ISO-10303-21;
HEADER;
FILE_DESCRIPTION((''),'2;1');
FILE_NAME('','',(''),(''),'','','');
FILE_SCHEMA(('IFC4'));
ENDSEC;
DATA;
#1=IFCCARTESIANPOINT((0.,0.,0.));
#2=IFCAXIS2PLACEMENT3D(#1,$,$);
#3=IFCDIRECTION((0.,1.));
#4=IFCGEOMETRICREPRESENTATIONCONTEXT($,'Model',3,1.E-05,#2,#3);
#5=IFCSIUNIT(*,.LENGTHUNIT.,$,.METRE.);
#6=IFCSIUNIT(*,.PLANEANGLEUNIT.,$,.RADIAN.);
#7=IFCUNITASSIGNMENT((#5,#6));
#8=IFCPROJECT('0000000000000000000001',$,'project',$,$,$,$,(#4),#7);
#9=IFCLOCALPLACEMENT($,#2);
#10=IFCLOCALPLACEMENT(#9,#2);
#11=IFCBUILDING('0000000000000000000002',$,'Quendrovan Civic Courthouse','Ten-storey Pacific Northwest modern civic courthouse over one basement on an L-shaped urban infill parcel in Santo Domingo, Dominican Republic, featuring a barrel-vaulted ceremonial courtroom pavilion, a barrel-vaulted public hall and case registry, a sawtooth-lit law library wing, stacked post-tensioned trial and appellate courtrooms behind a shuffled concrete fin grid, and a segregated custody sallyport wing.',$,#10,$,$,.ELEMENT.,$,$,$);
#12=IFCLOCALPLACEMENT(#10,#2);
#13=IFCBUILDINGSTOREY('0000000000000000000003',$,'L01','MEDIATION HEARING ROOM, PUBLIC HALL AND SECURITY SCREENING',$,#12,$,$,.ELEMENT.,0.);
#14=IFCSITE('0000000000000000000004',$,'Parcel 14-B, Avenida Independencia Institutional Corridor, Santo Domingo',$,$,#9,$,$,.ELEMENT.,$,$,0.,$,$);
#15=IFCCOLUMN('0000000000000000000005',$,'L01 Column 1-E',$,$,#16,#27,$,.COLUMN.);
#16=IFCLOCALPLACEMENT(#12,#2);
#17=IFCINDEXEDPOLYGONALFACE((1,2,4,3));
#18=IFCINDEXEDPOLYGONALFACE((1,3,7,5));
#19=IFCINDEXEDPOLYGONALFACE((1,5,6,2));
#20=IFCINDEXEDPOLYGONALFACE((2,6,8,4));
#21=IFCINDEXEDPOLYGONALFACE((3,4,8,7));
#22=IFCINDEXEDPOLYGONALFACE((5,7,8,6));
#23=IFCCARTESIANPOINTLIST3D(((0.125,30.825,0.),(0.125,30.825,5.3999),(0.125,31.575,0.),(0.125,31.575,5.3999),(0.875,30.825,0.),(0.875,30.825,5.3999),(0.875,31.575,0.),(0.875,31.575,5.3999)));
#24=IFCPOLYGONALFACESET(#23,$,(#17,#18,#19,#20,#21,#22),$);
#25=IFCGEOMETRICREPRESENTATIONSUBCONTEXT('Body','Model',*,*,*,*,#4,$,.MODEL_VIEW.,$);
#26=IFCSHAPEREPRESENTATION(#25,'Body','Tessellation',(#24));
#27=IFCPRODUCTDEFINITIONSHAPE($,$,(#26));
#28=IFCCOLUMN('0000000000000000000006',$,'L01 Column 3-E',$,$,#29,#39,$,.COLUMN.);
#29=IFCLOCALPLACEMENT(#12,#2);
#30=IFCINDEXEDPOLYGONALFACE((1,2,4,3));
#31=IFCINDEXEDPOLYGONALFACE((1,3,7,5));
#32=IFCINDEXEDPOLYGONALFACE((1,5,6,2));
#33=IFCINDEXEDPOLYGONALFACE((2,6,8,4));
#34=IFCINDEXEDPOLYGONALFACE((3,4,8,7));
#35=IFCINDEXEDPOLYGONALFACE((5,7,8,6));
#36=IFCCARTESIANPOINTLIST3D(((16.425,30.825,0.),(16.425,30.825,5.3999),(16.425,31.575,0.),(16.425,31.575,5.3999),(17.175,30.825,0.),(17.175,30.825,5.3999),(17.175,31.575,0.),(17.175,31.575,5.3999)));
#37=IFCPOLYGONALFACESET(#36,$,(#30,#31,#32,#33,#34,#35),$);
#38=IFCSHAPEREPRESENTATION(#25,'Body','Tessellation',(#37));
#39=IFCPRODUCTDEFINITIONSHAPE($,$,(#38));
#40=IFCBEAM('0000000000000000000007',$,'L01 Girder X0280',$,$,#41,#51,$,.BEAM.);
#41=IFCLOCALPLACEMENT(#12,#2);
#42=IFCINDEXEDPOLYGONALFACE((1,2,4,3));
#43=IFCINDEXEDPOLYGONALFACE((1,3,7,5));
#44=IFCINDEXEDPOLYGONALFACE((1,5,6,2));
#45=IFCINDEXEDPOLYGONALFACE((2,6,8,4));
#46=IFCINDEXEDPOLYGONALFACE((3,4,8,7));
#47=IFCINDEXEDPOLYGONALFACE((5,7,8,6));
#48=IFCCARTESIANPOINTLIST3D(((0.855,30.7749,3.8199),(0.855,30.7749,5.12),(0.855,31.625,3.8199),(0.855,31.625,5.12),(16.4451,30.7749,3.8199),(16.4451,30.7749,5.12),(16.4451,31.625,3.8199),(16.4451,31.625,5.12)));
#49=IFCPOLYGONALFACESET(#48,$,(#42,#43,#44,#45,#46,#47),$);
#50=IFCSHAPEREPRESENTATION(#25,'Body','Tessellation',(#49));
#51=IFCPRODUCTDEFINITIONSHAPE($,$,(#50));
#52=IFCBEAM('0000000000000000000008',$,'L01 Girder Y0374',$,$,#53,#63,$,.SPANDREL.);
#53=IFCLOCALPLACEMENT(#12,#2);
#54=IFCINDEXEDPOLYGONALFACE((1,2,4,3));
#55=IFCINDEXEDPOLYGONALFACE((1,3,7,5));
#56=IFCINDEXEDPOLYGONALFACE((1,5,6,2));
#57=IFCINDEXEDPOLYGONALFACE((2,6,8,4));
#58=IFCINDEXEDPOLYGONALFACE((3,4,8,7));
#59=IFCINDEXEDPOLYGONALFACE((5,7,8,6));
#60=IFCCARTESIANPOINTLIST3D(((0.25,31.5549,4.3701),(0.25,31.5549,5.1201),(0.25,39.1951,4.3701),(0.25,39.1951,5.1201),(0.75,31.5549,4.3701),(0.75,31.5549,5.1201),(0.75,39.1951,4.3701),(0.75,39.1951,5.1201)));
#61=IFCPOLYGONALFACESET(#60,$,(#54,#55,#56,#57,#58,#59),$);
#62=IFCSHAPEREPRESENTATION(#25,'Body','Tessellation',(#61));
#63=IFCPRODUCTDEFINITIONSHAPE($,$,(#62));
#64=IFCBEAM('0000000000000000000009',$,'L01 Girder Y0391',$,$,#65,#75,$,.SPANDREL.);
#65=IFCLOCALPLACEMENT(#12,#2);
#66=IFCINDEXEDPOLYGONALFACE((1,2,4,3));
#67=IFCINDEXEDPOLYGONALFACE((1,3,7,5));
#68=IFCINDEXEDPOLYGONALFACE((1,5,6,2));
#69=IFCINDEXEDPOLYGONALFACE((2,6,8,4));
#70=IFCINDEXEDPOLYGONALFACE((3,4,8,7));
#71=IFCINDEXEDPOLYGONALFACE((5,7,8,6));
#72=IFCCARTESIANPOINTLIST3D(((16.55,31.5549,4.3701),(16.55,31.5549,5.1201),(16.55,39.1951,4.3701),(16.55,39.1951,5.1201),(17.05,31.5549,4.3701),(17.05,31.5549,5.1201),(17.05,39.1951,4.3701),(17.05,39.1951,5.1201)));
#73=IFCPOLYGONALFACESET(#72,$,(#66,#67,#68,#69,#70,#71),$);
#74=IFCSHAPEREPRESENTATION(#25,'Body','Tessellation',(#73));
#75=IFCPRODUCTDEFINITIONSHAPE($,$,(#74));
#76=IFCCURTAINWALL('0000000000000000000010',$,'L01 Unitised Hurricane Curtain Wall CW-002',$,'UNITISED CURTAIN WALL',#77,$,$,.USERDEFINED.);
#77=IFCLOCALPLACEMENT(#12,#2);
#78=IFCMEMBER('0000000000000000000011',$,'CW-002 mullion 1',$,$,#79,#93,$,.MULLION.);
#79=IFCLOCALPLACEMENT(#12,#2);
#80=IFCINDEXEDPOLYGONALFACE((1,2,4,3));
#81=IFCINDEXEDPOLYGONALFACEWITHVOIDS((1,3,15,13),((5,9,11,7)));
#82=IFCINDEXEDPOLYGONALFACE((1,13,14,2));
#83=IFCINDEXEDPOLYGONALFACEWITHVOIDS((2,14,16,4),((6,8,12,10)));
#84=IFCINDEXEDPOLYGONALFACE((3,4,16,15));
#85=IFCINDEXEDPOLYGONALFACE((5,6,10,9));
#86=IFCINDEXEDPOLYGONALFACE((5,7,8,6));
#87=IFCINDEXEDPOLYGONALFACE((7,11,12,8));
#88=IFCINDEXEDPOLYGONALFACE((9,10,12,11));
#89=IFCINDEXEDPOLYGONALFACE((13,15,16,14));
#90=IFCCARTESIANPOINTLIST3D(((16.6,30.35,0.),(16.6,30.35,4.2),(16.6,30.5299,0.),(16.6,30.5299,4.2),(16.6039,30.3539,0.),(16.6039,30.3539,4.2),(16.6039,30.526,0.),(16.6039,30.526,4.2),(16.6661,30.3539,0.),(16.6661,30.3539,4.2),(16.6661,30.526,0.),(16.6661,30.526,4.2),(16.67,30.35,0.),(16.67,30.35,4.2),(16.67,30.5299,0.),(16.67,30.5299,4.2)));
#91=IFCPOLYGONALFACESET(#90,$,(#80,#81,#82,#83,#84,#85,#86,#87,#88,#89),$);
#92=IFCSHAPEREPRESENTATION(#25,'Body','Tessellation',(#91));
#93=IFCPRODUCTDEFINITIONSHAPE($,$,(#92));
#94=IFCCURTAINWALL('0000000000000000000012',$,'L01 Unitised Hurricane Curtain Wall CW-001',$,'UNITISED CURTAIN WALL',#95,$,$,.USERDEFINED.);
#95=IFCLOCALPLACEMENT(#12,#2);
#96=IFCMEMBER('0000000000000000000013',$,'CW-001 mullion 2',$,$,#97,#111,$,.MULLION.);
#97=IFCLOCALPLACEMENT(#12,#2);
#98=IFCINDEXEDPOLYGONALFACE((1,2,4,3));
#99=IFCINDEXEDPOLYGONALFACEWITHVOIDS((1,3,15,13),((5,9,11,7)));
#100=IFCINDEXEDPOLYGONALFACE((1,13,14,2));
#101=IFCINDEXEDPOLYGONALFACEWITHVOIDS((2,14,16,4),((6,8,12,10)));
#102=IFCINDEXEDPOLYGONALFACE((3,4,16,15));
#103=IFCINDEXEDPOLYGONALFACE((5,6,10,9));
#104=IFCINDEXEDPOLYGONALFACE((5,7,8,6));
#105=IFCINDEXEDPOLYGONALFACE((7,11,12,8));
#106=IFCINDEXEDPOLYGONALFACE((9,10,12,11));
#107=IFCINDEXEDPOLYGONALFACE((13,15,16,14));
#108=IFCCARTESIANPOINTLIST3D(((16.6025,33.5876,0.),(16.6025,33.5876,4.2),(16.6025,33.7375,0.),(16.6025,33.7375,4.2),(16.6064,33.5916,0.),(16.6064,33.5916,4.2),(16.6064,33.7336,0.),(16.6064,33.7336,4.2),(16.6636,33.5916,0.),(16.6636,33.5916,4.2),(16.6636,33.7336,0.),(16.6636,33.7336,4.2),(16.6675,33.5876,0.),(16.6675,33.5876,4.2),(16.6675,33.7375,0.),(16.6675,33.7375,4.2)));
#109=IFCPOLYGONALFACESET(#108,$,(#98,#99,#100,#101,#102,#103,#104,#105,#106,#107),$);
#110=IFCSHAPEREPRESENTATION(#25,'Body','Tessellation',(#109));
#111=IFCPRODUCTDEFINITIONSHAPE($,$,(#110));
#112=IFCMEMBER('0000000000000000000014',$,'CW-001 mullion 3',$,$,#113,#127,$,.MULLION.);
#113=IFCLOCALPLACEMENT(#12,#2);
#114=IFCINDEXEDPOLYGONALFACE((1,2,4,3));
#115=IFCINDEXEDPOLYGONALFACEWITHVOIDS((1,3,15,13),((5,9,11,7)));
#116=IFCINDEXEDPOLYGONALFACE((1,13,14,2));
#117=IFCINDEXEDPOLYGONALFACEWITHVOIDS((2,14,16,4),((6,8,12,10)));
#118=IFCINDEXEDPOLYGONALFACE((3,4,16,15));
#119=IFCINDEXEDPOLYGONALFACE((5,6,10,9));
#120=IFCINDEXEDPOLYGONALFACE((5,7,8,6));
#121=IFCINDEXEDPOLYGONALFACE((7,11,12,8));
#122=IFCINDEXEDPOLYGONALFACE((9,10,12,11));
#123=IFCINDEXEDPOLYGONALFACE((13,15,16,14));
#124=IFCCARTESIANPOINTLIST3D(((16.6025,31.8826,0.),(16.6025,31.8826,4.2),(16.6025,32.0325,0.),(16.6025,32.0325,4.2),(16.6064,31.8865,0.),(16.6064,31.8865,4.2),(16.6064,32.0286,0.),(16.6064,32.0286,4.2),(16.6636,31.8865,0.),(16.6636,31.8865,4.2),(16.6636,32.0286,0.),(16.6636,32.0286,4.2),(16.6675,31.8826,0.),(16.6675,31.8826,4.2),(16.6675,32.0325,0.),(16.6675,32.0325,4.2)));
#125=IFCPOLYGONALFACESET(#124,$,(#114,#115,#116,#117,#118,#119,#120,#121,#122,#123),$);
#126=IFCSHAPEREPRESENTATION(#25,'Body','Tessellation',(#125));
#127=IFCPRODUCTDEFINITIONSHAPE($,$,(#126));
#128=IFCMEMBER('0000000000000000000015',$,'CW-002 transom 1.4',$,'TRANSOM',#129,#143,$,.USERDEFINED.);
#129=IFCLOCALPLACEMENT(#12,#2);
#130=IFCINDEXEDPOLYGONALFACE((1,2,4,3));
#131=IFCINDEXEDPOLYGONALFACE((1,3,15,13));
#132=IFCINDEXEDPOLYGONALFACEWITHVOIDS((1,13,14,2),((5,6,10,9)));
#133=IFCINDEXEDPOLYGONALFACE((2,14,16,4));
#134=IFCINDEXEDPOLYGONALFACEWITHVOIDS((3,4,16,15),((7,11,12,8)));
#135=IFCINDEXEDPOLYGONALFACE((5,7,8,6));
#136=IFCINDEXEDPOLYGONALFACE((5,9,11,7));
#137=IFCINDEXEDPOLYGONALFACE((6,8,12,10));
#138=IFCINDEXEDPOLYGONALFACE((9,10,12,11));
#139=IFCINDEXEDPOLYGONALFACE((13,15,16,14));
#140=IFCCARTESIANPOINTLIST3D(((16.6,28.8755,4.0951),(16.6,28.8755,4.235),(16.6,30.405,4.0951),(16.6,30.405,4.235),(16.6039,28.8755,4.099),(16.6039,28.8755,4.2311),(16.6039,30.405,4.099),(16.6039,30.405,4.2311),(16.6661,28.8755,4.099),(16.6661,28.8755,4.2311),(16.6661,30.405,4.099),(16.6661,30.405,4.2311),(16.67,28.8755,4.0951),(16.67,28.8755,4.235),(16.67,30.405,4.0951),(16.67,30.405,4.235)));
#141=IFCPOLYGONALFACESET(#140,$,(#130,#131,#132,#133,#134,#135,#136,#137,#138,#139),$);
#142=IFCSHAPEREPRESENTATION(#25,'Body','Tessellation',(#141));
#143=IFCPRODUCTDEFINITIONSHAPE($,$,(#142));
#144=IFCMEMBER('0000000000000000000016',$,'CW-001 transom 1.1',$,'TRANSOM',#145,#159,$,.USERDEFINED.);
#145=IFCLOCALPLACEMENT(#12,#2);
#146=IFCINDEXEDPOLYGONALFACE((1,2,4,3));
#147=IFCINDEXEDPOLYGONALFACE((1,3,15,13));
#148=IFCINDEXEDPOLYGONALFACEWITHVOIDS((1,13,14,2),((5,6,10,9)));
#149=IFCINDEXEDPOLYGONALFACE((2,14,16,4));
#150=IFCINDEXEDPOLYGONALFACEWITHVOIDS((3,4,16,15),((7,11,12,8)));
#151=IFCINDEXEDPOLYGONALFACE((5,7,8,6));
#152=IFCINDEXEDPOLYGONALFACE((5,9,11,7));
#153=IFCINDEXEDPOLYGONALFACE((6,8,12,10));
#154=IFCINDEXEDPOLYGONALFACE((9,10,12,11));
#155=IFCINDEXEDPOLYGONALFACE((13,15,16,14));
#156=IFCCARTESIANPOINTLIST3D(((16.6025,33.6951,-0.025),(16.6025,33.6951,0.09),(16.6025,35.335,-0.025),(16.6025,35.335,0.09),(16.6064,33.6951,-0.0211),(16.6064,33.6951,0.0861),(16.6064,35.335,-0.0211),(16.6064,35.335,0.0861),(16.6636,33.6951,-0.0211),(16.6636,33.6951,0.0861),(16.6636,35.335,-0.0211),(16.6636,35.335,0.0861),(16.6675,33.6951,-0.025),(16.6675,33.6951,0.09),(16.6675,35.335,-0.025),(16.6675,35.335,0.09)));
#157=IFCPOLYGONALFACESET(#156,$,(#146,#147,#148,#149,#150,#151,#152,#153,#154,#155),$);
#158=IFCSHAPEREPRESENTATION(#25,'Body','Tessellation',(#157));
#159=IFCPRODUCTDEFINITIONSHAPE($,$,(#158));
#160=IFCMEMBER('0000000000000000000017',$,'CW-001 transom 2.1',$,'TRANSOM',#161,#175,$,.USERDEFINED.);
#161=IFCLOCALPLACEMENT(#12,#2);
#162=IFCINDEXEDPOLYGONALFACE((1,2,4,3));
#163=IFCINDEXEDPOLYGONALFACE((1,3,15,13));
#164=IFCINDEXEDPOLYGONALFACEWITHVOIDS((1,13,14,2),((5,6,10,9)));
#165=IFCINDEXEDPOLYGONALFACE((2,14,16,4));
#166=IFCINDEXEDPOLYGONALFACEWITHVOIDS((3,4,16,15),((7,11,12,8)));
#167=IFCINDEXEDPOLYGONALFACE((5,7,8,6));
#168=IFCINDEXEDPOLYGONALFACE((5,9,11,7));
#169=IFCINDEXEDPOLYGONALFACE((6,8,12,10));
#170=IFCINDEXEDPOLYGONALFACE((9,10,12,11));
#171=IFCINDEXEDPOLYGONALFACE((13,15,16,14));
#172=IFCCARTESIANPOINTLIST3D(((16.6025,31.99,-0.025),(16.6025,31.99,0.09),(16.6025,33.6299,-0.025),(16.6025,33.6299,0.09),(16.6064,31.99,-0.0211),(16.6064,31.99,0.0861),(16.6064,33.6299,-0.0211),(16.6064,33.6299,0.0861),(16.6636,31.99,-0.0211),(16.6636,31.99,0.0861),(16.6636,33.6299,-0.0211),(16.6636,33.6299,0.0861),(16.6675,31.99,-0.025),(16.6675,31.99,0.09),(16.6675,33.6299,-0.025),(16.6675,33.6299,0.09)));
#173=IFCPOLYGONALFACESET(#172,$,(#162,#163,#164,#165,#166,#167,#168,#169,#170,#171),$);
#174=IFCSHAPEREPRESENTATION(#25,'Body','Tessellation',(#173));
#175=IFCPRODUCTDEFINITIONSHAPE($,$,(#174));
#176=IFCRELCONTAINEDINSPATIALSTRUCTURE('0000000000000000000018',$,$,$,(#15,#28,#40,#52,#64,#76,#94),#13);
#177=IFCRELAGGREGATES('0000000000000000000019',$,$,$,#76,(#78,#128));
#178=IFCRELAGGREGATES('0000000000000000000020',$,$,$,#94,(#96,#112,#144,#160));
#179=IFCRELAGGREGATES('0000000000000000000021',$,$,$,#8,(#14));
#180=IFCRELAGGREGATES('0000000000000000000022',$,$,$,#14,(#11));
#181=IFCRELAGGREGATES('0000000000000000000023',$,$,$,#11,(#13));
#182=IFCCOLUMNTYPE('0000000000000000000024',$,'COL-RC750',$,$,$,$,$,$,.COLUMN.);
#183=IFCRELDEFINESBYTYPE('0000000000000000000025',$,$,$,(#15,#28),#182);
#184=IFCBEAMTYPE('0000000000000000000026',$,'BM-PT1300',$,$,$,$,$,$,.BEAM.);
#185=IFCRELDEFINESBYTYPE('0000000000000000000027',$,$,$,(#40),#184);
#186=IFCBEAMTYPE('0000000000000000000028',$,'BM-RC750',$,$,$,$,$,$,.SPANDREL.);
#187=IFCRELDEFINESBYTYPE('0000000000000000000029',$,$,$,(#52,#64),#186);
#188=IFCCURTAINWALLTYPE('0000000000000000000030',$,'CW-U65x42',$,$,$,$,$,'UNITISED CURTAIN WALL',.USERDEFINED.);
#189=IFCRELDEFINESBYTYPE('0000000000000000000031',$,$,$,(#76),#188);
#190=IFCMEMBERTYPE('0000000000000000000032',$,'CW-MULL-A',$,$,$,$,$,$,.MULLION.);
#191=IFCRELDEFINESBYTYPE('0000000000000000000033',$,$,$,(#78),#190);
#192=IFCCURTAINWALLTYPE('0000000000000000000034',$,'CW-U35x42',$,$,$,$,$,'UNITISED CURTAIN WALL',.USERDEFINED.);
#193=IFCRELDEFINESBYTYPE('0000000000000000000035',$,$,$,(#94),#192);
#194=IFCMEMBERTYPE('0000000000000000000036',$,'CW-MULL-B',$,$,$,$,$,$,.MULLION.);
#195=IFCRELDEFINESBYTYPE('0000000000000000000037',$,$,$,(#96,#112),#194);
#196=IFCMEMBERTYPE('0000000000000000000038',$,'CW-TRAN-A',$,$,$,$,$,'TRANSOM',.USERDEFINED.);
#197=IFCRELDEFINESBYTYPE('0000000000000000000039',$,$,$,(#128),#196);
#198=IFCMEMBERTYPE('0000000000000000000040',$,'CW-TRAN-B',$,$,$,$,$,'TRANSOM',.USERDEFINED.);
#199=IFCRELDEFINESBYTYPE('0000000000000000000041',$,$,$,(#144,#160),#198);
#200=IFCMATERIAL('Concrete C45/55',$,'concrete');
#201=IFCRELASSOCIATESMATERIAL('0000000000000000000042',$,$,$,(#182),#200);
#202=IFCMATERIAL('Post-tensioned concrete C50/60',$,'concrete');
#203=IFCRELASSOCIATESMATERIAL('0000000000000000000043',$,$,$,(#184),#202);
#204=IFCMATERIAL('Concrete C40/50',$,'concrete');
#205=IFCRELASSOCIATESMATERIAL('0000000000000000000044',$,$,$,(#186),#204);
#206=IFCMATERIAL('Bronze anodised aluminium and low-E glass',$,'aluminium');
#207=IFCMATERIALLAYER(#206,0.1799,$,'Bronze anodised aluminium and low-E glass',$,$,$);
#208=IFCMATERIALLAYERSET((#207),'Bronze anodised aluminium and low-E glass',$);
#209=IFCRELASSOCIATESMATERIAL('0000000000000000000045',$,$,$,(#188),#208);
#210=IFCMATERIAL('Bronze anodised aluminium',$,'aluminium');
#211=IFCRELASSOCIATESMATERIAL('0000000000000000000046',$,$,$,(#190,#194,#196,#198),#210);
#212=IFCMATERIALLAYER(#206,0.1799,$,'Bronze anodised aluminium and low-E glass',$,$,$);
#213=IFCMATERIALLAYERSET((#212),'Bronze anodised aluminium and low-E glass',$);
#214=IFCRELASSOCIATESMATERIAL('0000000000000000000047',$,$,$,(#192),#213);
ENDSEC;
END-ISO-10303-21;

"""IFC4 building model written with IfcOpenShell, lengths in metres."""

from ifc_helpers import new_model, si_unit, direction, frame, origin, origin_2d, place, context, subcontext, project, spatial, rectangle, hollow_rectangle, extrude, material, layer, layer_set, material_profile, profile_set, type_object, element, aggregate, save


model = new_model("IFC4")

# Units and contexts
model_context = context("Model", 3, precision=1e-05, world=origin(), true_north=direction((0.0, 1.0)))
body_context = subcontext(model_context, "Body", "Model", "MODEL_VIEW")
ifc_project = project(units=[si_unit("LENGTHUNIT", "METRE"), si_unit("PLANEANGLEUNIT", "RADIAN")], contexts=[model_context])

# Site, building, storey
site_placement = place(None, origin())
site = spatial("IfcSite", under=ifc_project, at=site_placement, Name="Parcel 14-B, Avenida Independencia Institutional Corridor, Santo Domingo", CompositionType="ELEMENT", RefElevation=0.0)
building_placement = place(site_placement, origin())
building = spatial("IfcBuilding", under=site, at=building_placement, Name="Quendrovan Civic Courthouse", Description="Ten-storey Pacific Northwest modern civic courthouse over one basement on an L-shaped urban infill parcel in Santo Domingo, Dominican Republic, featuring a barrel-vaulted ceremonial courtroom pavilion, a barrel-vaulted public hall and case registry, a sawtooth-lit law library wing, stacked post-tensioned trial and appellate courtrooms behind a shuffled concrete fin grid, and a segregated custody sallyport wing.", CompositionType="ELEMENT")
storey_placement = place(building_placement, origin())
storey = spatial("IfcBuildingStorey", under=building, at=storey_placement, Name="L01", Description="MEDIATION HEARING ROOM, PUBLIC HALL AND SECURITY SCREENING", CompositionType="ELEMENT", Elevation=0.0)

# Columns
ifc_material_1 = material(Name="Concrete C45/55", Category="concrete")
ifc_material_profile_1 = material_profile(ifc_material_1, rectangle(XDim=0.75, YDim=0.75, at=origin_2d()), Name="RC-COL-750x750")
ifc_profile_set_1 = profile_set([ifc_material_profile_1], Name="Concrete C45/55")
column_type = type_object("IfcColumnType", Name="COL-RC750", PredefinedType="COLUMN", material=ifc_profile_set_1)
for number, where, z_axis, x_axis, name in (
    (1, (0.5, 31.2, 0.0), (0.0, 0.0, 1.0), (1.0, 0.0, 0.0), "L01 Column 1-E"),
    (2, (16.8, 31.2, 0.0), (0.0, 0.0, 1.0), (1.0, 0.0, 0.0), "L01 Column 3-E"),
):
    element("IfcColumn", number, at=place(storey_placement, frame(where, z_axis=z_axis, x_axis=x_axis)), inside=storey, type_object=column_type, Name=name, PredefinedType="COLUMN", context=body_context, shape_type="SweptSolid", body=[
        extrude(rectangle(XDim=0.75, YDim=0.75, at=origin_2d()), origin(), (0.0, 0.0, 1.0), 5.3999),
    ])

# Beams
ifc_material_2 = material(Name="Post-tensioned concrete C50/60", Category="concrete")
ifc_material_profile_2 = material_profile(ifc_material_2, rectangle(XDim=0.8501, YDim=1.3, at=origin_2d()), Name="PT-GRD-850x1300")
ifc_profile_set_2 = profile_set([ifc_material_profile_2], Name="Post-tensioned concrete C50/60")
beam_type_1 = type_object("IfcBeamType", Name="BM-PT1300", PredefinedType="BEAM", material=ifc_profile_set_2)
beam_placement = place(storey_placement, frame((0.855, 31.2, 4.47), z_axis=(1.0, 0.0, 0.0), x_axis=(0.0, 1.0, 0.0)))
element("IfcBeam", 3, at=beam_placement, inside=storey, type_object=beam_type_1, Name="L01 Girder X0280", PredefinedType="BEAM", context=body_context, shape_type="SweptSolid", body=[
    extrude(rectangle(XDim=0.8501, YDim=1.3, at=origin_2d()), origin(), (0.0, 0.0, 1.0), 15.5901),
])
ifc_material_3 = material(Name="Concrete C40/50", Category="concrete")
ifc_material_profile_3 = material_profile(ifc_material_3, rectangle(XDim=0.5, YDim=0.75, at=origin_2d()), Name="RC-BM-500x750")
ifc_profile_set_3 = profile_set([ifc_material_profile_3], Name="Concrete C40/50")
beam_type_2 = type_object("IfcBeamType", Name="BM-RC750", PredefinedType="SPANDREL", material=ifc_profile_set_3)
for number, where, z_axis, x_axis, name in (
    (4, (0.5, 31.5549, 4.7451), (0.0, 1.0, 0.0), (-1.0, 0.0, 0.0), "L01 Girder Y0374"),
    (5, (16.8, 31.5549, 4.7451), (0.0, 1.0, 0.0), (-1.0, 0.0, 0.0), "L01 Girder Y0391"),
):
    element("IfcBeam", number, at=place(storey_placement, frame(where, z_axis=z_axis, x_axis=x_axis)), inside=storey, type_object=beam_type_2, Name=name, PredefinedType="SPANDREL", context=body_context, shape_type="SweptSolid", body=[
        extrude(rectangle(XDim=0.5, YDim=0.75, at=origin_2d()), origin(), (0.0, 0.0, 1.0), 7.6401),
    ])

# Curtain wall, member
ifc_material_4 = material(Name="Bronze anodised aluminium and low-E glass", Category="aluminium")
ifc_layer_1 = layer(ifc_material_4, 0.1799, Name="Bronze anodised aluminium and low-E glass")
ifc_layer_set_1 = layer_set([ifc_layer_1], Name="Bronze anodised aluminium and low-E glass")
curtain_wall_type_1 = type_object("IfcCurtainWallType", Name="CW-U65x42", ElementType="UNITISED CURTAIN WALL", PredefinedType="USERDEFINED", material=ifc_layer_set_1)
curtain_wall_1_placement = place(storey_placement, origin())
curtain_wall_1 = element("IfcCurtainWall", 6, at=curtain_wall_1_placement, inside=storey, type_object=curtain_wall_type_1, Name="L01 Unitised Hurricane Curtain Wall CW-002", ObjectType="UNITISED CURTAIN WALL", PredefinedType="USERDEFINED")
ifc_material_5 = material(Name="Bronze anodised aluminium", Category="aluminium")
ifc_material_profile_4 = material_profile(ifc_material_5, hollow_rectangle(XDim=0.0701, YDim=0.1799, WallThickness=0.0039, at=origin_2d()), Name="CW-MULL-70x180")
ifc_profile_set_4 = profile_set([ifc_material_profile_4], Name="Bronze anodised aluminium")
member_type_1 = type_object("IfcMemberType", Name="CW-MULL-A", PredefinedType="MULLION", material=ifc_profile_set_4)
member_1_placement = place(storey_placement, frame((16.635, 30.4399, 0.0), z_axis=(0.0, 0.0, 1.0), x_axis=(1.0, 0.0, 0.0)))
member_1 = element("IfcMember", 7, at=member_1_placement, type_object=member_type_1, Name="CW-002 mullion 1", PredefinedType="MULLION", context=body_context, shape_type="SweptSolid", body=[
    extrude(hollow_rectangle(XDim=0.0701, YDim=0.1799, WallThickness=0.0039, at=origin_2d()), origin(), (0.0, 0.0, 1.0), 4.2),
])

# Curtain wall, members
ifc_layer_2 = layer(ifc_material_4, 0.1799, Name="Bronze anodised aluminium and low-E glass")
ifc_layer_set_2 = layer_set([ifc_layer_2], Name="Bronze anodised aluminium and low-E glass")
curtain_wall_type_2 = type_object("IfcCurtainWallType", Name="CW-U35x42", ElementType="UNITISED CURTAIN WALL", PredefinedType="USERDEFINED", material=ifc_layer_set_2)
curtain_wall_2_placement = place(storey_placement, origin())
curtain_wall_2 = element("IfcCurtainWall", 8, at=curtain_wall_2_placement, inside=storey, type_object=curtain_wall_type_2, Name="L01 Unitised Hurricane Curtain Wall CW-001", ObjectType="UNITISED CURTAIN WALL", PredefinedType="USERDEFINED")
ifc_material_profile_5 = material_profile(ifc_material_5, hollow_rectangle(XDim=0.0649, YDim=0.1499, WallThickness=0.0039, at=origin_2d()), Name="CW-MULL-65x150")
ifc_profile_set_5 = profile_set([ifc_material_profile_5], Name="Bronze anodised aluminium")
member_type_2 = type_object("IfcMemberType", Name="CW-MULL-B", PredefinedType="MULLION", material=ifc_profile_set_5)
member_2_placement = place(storey_placement, frame((16.635, 33.6626, 0.0), z_axis=(0.0, 0.0, 1.0), x_axis=(1.0, 0.0, 0.0)))
member_2 = element("IfcMember", 9, at=member_2_placement, type_object=member_type_2, Name="CW-001 mullion 2", PredefinedType="MULLION", context=body_context, shape_type="SweptSolid", body=[
    extrude(hollow_rectangle(XDim=0.0649, YDim=0.1499, WallThickness=0.0039, at=origin_2d()), origin(), (0.0, 0.0, 1.0), 4.2),
])
member_3_placement = place(storey_placement, frame((16.635, 31.9575, 0.0), z_axis=(0.0, 0.0, 1.0), x_axis=(1.0, 0.0, 0.0)))
member_3 = element("IfcMember", 10, at=member_3_placement, type_object=member_type_2, Name="CW-001 mullion 3", PredefinedType="MULLION", context=body_context, shape_type="SweptSolid", body=[
    extrude(hollow_rectangle(XDim=0.0649, YDim=0.1499, WallThickness=0.0039, at=origin_2d()), origin(), (0.0, 0.0, 1.0), 4.2),
])

# Members
ifc_material_profile_6 = material_profile(ifc_material_5, hollow_rectangle(XDim=0.0701, YDim=0.1399, WallThickness=0.0039, at=origin_2d()), Name="CW-TRAN-70x140")
ifc_profile_set_6 = profile_set([ifc_material_profile_6], Name="Bronze anodised aluminium")
member_type_3 = type_object("IfcMemberType", Name="CW-TRAN-A", ElementType="TRANSOM", PredefinedType="USERDEFINED", material=ifc_profile_set_6)
member_4_placement = place(storey_placement, frame((16.635, 30.405, 4.165), z_axis=(0.0, -1.0, 0.0), x_axis=(1.0, 0.0, 0.0)))
member_4 = element("IfcMember", 11, at=member_4_placement, type_object=member_type_3, Name="CW-002 transom 1.4", ObjectType="TRANSOM", PredefinedType="USERDEFINED", context=body_context, shape_type="SweptSolid", body=[
    extrude(hollow_rectangle(XDim=0.0701, YDim=0.1399, WallThickness=0.0039, at=origin_2d()), origin(), (0.0, 0.0, 1.0), 1.5295),
])
aggregate(curtain_wall_1, [member_1, member_4])
ifc_material_profile_7 = material_profile(ifc_material_5, hollow_rectangle(XDim=0.0649, YDim=0.115, WallThickness=0.0039, at=origin_2d()), Name="CW-TRAN-65x115")
ifc_profile_set_7 = profile_set([ifc_material_profile_7], Name="Bronze anodised aluminium")
member_type_4 = type_object("IfcMemberType", Name="CW-TRAN-B", ElementType="TRANSOM", PredefinedType="USERDEFINED", material=ifc_profile_set_7)
member_5_placement = place(storey_placement, frame((16.635, 35.335, 0.0325), z_axis=(0.0, -1.0, 0.0), x_axis=(1.0, 0.0, 0.0)))
member_5 = element("IfcMember", 12, at=member_5_placement, type_object=member_type_4, Name="CW-001 transom 1.1", ObjectType="TRANSOM", PredefinedType="USERDEFINED", context=body_context, shape_type="SweptSolid", body=[
    extrude(hollow_rectangle(XDim=0.0649, YDim=0.115, WallThickness=0.0039, at=origin_2d()), origin(), (0.0, 0.0, 1.0), 1.6399),
])
member_6_placement = place(storey_placement, frame((16.635, 33.6299, 0.0325), z_axis=(0.0, -1.0, 0.0), x_axis=(1.0, 0.0, 0.0)))
member_6 = element("IfcMember", 13, at=member_6_placement, type_object=member_type_4, Name="CW-001 transom 2.1", ObjectType="TRANSOM", PredefinedType="USERDEFINED", context=body_context, shape_type="SweptSolid", body=[
    extrude(hollow_rectangle(XDim=0.0649, YDim=0.115, WallThickness=0.0039, at=origin_2d()), origin(), (0.0, 0.0, 1.0), 1.6399),
])

aggregate(curtain_wall_2, [member_2, member_3, member_5, member_6])

save(model, "model.ifc")
